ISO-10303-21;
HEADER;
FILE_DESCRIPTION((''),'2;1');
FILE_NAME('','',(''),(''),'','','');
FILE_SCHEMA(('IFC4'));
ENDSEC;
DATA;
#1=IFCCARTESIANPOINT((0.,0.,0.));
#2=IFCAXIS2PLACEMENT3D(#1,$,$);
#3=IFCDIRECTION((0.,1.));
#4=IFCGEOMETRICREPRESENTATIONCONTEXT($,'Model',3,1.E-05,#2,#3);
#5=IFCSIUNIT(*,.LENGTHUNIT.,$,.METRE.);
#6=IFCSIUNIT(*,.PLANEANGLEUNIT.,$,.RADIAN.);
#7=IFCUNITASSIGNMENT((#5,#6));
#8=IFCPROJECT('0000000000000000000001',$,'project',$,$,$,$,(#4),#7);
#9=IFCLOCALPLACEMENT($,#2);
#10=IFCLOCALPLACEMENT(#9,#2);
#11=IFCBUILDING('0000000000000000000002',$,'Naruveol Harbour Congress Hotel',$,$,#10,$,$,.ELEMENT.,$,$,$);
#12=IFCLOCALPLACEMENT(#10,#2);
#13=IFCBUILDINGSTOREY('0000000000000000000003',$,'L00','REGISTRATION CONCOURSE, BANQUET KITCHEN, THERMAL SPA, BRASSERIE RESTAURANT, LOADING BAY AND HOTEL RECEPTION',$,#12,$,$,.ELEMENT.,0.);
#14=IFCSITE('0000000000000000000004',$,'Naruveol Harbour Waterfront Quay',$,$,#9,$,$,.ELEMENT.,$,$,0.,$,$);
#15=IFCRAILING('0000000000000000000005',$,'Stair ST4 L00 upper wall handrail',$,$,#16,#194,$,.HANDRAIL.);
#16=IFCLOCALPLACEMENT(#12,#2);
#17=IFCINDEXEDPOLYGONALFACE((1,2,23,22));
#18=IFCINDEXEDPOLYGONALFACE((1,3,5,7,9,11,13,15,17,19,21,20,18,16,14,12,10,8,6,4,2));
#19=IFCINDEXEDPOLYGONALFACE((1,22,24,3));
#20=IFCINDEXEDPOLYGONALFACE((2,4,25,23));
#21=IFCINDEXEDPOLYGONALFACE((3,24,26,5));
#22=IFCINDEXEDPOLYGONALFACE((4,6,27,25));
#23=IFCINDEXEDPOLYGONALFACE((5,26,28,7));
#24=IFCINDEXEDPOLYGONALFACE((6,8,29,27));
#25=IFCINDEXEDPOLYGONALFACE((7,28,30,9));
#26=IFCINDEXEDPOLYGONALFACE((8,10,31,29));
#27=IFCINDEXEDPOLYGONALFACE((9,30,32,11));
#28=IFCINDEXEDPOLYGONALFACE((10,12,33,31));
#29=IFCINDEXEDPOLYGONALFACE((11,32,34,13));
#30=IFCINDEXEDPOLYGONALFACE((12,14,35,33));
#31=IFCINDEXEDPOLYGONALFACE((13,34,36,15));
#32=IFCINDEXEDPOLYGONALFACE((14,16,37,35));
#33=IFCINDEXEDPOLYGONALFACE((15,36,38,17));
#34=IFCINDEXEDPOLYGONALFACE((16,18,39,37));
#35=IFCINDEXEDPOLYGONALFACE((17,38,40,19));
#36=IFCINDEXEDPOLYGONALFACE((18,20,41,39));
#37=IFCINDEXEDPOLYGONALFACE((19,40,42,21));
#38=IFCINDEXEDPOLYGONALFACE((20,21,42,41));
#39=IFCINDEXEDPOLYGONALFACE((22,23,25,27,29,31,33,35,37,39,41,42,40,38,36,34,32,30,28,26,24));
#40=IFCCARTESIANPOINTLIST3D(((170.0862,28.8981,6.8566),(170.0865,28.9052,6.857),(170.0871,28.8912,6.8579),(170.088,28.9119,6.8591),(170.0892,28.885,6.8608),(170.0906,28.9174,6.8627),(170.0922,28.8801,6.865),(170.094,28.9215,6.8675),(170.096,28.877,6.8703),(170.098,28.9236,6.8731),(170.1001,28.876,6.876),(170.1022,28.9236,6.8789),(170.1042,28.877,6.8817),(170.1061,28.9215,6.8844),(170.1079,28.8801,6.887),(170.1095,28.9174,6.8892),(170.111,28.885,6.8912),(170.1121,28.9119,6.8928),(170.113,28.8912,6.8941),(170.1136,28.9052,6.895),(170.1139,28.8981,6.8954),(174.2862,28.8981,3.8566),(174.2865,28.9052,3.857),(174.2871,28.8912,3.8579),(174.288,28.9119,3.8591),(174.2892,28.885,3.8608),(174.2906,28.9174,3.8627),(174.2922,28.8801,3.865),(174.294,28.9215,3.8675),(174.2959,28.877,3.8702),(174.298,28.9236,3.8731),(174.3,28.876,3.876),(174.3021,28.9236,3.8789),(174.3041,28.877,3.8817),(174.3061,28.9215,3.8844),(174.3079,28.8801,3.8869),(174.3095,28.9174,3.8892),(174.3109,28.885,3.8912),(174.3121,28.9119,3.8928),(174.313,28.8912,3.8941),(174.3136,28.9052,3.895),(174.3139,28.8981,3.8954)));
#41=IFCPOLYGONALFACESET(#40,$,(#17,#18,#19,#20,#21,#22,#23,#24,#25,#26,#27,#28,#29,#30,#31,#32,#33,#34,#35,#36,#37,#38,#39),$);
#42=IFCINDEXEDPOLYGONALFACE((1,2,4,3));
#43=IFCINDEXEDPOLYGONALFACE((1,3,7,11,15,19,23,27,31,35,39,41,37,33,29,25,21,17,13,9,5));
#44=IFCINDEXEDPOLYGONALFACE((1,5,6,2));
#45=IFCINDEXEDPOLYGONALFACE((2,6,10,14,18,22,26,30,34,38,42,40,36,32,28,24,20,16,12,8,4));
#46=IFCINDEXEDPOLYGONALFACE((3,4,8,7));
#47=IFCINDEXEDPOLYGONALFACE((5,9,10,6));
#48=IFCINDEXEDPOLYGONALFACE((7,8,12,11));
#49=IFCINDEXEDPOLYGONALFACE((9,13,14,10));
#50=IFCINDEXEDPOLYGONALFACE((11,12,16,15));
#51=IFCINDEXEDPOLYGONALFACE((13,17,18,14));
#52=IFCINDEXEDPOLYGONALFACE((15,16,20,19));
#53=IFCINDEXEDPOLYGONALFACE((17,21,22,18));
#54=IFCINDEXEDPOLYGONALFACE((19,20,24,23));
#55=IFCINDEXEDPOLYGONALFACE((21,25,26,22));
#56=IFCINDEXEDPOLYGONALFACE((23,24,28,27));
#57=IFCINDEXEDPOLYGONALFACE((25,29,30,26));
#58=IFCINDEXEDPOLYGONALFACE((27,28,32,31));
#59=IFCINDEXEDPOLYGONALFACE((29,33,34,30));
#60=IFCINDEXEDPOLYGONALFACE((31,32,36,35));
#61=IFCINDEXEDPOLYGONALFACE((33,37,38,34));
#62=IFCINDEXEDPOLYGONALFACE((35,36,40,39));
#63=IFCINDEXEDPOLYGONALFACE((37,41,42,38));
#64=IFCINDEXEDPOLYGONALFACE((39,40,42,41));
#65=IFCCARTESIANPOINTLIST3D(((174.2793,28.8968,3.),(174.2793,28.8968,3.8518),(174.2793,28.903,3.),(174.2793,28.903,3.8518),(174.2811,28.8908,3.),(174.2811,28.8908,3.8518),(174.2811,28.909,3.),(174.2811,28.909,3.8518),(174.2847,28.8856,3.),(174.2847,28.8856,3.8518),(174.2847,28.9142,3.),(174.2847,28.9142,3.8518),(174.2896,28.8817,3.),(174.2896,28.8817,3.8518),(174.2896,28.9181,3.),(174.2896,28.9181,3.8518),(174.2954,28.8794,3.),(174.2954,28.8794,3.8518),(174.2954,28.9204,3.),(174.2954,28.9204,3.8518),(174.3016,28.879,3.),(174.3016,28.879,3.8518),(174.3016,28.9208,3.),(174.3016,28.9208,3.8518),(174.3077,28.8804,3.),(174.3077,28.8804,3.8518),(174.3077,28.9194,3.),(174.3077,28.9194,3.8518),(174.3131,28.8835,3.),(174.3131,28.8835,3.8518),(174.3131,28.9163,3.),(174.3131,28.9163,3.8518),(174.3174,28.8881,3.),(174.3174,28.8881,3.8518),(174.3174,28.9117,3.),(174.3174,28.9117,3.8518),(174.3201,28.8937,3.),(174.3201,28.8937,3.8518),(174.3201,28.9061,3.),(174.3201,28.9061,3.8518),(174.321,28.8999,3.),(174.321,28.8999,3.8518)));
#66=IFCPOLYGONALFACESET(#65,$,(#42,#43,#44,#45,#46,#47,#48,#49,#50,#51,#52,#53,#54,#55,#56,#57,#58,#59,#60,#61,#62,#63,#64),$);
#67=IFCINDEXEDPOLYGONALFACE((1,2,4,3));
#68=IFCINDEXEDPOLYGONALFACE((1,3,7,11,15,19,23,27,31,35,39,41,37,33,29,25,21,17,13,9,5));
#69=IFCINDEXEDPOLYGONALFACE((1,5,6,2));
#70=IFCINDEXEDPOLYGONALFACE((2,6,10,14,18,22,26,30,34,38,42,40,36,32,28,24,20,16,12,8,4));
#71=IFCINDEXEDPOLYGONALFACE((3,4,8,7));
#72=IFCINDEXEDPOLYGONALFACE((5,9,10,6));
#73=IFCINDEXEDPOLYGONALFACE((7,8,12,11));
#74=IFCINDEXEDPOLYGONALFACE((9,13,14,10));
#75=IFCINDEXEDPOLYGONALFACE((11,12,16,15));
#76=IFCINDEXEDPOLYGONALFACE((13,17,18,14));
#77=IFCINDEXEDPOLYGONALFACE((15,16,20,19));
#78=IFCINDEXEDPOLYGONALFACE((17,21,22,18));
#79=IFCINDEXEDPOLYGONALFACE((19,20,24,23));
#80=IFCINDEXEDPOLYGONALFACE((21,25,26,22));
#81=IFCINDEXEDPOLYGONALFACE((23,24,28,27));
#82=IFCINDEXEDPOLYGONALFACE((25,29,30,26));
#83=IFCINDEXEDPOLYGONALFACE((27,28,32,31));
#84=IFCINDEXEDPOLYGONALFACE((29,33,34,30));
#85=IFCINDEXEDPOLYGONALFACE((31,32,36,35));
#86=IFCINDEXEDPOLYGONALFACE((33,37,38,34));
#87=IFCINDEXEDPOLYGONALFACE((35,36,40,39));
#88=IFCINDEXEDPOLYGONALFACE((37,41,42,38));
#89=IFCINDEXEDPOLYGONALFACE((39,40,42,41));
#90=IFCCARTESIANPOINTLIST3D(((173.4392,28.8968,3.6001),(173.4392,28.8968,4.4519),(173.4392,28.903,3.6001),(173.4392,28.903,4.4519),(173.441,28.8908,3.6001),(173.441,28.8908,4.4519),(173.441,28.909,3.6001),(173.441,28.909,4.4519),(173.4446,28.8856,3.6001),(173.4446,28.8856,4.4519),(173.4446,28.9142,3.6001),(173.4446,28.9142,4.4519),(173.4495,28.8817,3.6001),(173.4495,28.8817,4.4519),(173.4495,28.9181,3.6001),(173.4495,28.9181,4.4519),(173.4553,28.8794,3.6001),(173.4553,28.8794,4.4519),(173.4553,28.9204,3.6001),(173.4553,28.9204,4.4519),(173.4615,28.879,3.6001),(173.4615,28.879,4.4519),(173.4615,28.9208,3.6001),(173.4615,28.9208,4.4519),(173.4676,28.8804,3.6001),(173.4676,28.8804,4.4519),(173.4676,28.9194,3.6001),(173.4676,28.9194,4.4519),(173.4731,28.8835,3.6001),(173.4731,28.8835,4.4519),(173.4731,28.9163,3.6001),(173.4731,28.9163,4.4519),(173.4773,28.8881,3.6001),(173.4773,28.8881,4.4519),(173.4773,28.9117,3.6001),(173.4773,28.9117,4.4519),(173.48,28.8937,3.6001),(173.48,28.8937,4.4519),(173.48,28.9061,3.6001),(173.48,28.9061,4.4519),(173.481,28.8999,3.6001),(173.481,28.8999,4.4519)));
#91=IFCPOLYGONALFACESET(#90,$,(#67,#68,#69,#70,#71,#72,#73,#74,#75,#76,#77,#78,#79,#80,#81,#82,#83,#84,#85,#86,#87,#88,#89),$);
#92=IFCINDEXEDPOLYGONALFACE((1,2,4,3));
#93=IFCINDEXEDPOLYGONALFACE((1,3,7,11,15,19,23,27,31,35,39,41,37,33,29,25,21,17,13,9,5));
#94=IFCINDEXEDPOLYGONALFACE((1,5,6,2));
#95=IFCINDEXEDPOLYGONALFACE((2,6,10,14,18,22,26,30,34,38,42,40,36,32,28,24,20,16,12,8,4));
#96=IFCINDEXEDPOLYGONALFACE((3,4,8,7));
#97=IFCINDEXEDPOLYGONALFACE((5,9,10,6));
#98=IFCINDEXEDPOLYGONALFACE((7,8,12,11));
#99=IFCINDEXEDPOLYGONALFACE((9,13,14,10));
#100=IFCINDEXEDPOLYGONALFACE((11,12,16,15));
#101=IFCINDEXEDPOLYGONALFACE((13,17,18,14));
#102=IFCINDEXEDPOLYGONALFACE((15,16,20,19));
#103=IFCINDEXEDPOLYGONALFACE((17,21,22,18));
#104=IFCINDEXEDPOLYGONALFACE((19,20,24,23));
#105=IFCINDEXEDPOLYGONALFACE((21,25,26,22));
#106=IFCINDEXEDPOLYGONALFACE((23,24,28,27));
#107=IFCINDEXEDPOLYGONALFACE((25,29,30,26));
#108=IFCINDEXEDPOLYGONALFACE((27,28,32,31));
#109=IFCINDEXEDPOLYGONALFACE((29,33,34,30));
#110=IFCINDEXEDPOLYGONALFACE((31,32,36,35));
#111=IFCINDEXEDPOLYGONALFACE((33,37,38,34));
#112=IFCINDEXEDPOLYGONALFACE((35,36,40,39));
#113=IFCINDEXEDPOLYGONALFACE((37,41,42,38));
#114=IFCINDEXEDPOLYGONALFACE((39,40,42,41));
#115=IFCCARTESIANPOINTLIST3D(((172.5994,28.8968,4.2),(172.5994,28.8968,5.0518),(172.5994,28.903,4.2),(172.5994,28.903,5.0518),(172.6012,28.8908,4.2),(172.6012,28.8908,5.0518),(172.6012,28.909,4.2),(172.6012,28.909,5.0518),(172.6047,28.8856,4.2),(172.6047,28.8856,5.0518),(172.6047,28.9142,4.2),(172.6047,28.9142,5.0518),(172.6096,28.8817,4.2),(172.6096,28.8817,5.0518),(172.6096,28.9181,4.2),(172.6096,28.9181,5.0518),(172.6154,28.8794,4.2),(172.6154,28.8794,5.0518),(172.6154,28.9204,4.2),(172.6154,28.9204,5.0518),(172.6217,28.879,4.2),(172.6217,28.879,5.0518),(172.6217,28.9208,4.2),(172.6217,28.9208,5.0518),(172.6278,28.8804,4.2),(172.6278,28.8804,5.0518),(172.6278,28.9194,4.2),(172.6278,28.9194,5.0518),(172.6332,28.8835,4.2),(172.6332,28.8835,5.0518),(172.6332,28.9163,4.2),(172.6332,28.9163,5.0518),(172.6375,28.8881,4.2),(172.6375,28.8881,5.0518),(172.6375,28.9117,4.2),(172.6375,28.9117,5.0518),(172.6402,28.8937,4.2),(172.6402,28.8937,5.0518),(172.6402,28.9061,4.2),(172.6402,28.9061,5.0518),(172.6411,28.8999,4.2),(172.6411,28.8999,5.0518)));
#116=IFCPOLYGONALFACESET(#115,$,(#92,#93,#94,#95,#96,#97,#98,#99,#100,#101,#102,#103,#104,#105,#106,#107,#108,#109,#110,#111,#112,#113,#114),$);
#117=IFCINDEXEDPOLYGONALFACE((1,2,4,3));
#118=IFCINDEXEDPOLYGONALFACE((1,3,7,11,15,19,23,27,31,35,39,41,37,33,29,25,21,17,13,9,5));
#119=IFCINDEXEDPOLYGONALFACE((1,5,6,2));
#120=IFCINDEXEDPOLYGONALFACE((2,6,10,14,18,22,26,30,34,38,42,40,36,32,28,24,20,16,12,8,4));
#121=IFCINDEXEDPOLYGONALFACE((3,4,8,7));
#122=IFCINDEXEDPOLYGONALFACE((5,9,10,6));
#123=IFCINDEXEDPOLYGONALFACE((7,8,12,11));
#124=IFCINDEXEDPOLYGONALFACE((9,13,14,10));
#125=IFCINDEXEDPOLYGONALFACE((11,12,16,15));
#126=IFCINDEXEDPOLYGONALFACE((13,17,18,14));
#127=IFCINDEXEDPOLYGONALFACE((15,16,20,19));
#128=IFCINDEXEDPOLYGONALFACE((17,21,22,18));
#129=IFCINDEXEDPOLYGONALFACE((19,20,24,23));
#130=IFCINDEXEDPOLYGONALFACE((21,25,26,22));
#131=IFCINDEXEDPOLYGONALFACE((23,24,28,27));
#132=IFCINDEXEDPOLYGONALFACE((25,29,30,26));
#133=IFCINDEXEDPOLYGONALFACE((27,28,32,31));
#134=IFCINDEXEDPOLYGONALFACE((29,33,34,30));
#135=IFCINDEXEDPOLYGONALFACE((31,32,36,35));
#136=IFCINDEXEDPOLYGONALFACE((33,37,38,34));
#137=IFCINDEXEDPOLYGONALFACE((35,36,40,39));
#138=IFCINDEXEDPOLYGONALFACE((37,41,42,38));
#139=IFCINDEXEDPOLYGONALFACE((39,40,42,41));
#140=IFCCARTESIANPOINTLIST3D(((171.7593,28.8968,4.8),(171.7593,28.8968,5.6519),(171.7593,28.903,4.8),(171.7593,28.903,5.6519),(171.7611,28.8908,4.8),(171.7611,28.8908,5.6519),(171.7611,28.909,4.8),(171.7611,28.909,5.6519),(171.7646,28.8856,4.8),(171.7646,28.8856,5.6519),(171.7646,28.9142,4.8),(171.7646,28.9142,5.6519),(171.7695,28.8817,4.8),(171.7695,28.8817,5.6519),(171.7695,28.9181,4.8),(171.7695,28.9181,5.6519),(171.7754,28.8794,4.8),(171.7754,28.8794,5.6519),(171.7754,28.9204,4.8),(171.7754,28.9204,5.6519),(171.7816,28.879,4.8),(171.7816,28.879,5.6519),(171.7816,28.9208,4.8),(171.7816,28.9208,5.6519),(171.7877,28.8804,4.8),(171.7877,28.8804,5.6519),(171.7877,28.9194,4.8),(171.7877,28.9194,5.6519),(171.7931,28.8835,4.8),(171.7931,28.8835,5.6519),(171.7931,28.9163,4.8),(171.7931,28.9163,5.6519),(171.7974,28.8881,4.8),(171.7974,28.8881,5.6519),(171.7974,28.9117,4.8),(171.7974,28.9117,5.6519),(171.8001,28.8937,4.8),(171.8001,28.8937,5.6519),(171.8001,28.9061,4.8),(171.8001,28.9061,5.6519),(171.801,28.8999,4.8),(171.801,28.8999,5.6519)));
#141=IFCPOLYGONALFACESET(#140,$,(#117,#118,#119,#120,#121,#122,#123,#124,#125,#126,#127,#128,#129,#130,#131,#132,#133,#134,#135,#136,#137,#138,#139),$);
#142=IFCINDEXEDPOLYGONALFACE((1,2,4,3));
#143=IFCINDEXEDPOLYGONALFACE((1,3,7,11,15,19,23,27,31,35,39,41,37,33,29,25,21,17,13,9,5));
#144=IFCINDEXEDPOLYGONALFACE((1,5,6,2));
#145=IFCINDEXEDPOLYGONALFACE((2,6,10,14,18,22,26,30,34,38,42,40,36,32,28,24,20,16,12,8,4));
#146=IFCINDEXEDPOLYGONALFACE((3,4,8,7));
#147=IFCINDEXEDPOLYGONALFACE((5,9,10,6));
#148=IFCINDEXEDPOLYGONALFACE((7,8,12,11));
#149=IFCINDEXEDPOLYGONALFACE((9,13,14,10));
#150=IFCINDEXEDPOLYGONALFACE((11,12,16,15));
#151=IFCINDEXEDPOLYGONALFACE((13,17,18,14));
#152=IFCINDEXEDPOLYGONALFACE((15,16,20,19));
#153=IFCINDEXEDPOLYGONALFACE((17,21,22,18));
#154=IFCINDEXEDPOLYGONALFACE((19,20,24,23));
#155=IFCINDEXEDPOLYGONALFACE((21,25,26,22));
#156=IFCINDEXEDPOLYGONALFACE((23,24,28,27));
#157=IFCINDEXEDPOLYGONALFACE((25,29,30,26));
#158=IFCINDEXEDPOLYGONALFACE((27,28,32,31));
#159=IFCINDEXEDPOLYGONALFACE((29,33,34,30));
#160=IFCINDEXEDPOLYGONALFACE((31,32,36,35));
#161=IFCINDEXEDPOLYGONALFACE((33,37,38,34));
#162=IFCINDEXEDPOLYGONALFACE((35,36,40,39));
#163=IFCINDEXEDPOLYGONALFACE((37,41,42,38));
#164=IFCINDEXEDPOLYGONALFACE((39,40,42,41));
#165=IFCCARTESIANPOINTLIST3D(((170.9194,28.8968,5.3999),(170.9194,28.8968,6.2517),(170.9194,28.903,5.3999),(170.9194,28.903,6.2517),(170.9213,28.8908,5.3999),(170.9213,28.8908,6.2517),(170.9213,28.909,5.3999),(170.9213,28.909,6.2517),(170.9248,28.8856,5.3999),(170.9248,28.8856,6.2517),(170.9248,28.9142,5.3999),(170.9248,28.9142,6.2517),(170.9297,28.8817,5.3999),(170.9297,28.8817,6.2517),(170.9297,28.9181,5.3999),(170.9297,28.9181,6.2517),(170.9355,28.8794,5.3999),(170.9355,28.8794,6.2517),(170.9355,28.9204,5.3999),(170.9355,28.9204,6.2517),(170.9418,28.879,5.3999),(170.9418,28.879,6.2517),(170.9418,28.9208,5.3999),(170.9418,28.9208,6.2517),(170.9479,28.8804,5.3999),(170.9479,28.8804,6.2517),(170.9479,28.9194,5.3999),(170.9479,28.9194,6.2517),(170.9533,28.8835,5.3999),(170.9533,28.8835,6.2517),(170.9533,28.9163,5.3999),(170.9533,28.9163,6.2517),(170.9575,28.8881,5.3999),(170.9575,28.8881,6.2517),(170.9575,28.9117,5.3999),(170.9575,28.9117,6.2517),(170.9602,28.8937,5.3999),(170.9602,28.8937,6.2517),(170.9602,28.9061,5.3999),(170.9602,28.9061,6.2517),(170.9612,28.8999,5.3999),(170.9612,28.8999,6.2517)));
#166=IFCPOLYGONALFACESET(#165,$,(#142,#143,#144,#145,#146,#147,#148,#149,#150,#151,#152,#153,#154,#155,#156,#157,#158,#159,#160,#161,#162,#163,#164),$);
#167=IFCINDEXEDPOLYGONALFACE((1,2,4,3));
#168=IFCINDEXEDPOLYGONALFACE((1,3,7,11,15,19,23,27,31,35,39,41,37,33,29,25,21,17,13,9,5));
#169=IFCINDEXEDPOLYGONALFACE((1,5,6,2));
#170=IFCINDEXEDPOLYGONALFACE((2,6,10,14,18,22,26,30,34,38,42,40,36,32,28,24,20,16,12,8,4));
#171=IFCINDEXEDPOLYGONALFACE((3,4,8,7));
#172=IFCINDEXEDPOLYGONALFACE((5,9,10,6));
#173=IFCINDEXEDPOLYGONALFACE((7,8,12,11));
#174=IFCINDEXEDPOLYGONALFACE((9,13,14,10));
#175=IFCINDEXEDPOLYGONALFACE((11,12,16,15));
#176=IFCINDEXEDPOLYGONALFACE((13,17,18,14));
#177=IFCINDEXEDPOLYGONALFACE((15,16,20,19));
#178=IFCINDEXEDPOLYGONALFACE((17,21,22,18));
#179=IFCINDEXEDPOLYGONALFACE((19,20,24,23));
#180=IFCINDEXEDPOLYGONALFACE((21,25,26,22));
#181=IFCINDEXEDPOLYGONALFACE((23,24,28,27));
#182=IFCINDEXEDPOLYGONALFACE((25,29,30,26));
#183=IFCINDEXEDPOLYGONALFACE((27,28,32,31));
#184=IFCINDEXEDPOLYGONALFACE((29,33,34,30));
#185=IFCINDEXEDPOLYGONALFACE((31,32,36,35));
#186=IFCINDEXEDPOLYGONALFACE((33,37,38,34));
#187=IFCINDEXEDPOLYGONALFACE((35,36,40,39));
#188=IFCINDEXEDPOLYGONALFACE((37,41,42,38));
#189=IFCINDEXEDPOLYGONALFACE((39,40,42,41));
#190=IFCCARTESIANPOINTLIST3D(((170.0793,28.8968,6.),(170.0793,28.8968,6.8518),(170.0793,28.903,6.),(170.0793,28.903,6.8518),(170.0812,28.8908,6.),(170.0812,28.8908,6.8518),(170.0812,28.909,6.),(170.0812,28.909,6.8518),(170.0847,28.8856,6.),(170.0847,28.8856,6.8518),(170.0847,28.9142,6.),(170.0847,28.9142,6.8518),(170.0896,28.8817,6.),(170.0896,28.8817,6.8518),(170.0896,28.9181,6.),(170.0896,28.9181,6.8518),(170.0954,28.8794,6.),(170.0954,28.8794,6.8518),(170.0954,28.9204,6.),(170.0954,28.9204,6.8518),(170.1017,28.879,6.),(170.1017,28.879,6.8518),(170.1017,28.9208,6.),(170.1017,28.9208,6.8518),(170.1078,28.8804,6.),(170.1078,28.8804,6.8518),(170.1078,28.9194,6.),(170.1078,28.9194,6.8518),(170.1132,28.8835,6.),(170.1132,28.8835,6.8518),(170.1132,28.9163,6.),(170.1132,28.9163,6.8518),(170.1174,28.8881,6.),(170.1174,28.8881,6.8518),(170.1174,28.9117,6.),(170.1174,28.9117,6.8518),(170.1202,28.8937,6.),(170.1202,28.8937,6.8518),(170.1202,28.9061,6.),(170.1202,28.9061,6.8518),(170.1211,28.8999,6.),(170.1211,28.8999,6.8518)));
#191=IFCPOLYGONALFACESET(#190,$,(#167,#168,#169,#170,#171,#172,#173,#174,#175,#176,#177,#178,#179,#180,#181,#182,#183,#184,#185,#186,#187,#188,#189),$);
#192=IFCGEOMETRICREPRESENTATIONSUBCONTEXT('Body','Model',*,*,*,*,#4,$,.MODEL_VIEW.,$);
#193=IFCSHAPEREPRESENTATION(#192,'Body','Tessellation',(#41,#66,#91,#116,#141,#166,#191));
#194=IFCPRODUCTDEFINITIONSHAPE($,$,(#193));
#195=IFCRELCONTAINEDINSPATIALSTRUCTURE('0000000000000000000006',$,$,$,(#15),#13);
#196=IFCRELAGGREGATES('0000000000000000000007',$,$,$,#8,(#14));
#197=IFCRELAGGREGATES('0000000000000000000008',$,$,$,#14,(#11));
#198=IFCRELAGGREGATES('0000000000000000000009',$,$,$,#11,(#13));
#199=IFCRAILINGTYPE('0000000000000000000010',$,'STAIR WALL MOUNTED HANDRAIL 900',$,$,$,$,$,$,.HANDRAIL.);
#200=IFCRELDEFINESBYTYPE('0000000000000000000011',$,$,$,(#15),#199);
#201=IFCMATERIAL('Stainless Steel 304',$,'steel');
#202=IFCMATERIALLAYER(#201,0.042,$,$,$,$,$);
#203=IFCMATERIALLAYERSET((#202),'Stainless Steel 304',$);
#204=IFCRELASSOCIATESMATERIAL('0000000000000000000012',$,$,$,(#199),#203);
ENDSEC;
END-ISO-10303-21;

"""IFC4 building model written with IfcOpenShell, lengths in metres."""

from ifc_helpers import new_model, si_unit, direction, frame, origin, origin_2d, place, context, subcontext, project, spatial, circle, extrude, material, layer, layer_set, type_object, element, save


model = new_model("IFC4")

# Units and contexts
model_context = context("Model", 3, precision=1e-05, world=origin(), true_north=direction((0.0, 1.0)))
body_context = subcontext(model_context, "Body", "Model", "MODEL_VIEW")
ifc_project = project(units=[si_unit("LENGTHUNIT", "METRE"), si_unit("PLANEANGLEUNIT", "RADIAN")], contexts=[model_context])

# Site, building, storey
site_placement = place(None, origin())
site = spatial("IfcSite", under=ifc_project, at=site_placement, Name="Naruveol Harbour Waterfront Quay", CompositionType="ELEMENT", RefElevation=0.0)
building_placement = place(site_placement, origin())
building = spatial("IfcBuilding", under=site, at=building_placement, Name="Naruveol Harbour Congress Hotel", CompositionType="ELEMENT")
storey_placement = place(building_placement, origin())
storey = spatial("IfcBuildingStorey", under=building, at=storey_placement, Name="L00", Description="REGISTRATION CONCOURSE, BANQUET KITCHEN, THERMAL SPA, BRASSERIE RESTAURANT, LOADING BAY AND HOTEL RECEPTION", CompositionType="ELEMENT", Elevation=0.0)

# Railing
ifc_material_1 = material(Name="Stainless Steel 304", Category="steel")
ifc_layer_1 = layer(ifc_material_1, 0.042)
ifc_layer_set_1 = layer_set([ifc_layer_1], Name="Stainless Steel 304")
railing_type_1 = type_object("IfcRailingType", Name="STAIR WALL MOUNTED HANDRAIL 900", PredefinedType="HANDRAIL", material=ifc_layer_set_1)
railing_1_placement = place(storey_placement, frame((174.3, 28.8999, 3.0)))
element("IfcRailing", 1, at=railing_1_placement, inside=storey, type_object=railing_type_1, Name="Stair ST4 L00 upper wall handrail", PredefinedType="HANDRAIL", context=body_context, shape_type="SweptSolid", body=[
    extrude(circle(Radius=0.0239, at=origin_2d()), frame((0.0, 0.0, 0.876), z_axis=(-0.81373, 0.0, 0.581243), x_axis=(0.0, -1.0, 0.0)), (0.0, 0.0, 1.0), 5.1614),
    extrude(circle(Radius=0.021, at=origin_2d()), origin(), (0.0, 0.0, 1.0), 0.8518),
    extrude(circle(Radius=0.021, at=origin_2d()), frame((-0.8401, 0.0, 0.6001)), (0.0, 0.0, 1.0), 0.8518),
    extrude(circle(Radius=0.021, at=origin_2d()), frame((-1.6799, 0.0, 1.2)), (0.0, 0.0, 1.0), 0.8518),
    extrude(circle(Radius=0.021, at=origin_2d()), frame((-2.52, 0.0, 1.8)), (0.0, 0.0, 1.0), 0.8518),
    extrude(circle(Radius=0.021, at=origin_2d()), frame((-3.3599, 0.0, 2.3999)), (0.0, 0.0, 1.0), 0.8518),
    extrude(circle(Radius=0.021, at=origin_2d()), frame((-4.2, 0.0, 3.0)), (0.0, 0.0, 1.0), 0.8518),
])

save(model, "model.ifc")
